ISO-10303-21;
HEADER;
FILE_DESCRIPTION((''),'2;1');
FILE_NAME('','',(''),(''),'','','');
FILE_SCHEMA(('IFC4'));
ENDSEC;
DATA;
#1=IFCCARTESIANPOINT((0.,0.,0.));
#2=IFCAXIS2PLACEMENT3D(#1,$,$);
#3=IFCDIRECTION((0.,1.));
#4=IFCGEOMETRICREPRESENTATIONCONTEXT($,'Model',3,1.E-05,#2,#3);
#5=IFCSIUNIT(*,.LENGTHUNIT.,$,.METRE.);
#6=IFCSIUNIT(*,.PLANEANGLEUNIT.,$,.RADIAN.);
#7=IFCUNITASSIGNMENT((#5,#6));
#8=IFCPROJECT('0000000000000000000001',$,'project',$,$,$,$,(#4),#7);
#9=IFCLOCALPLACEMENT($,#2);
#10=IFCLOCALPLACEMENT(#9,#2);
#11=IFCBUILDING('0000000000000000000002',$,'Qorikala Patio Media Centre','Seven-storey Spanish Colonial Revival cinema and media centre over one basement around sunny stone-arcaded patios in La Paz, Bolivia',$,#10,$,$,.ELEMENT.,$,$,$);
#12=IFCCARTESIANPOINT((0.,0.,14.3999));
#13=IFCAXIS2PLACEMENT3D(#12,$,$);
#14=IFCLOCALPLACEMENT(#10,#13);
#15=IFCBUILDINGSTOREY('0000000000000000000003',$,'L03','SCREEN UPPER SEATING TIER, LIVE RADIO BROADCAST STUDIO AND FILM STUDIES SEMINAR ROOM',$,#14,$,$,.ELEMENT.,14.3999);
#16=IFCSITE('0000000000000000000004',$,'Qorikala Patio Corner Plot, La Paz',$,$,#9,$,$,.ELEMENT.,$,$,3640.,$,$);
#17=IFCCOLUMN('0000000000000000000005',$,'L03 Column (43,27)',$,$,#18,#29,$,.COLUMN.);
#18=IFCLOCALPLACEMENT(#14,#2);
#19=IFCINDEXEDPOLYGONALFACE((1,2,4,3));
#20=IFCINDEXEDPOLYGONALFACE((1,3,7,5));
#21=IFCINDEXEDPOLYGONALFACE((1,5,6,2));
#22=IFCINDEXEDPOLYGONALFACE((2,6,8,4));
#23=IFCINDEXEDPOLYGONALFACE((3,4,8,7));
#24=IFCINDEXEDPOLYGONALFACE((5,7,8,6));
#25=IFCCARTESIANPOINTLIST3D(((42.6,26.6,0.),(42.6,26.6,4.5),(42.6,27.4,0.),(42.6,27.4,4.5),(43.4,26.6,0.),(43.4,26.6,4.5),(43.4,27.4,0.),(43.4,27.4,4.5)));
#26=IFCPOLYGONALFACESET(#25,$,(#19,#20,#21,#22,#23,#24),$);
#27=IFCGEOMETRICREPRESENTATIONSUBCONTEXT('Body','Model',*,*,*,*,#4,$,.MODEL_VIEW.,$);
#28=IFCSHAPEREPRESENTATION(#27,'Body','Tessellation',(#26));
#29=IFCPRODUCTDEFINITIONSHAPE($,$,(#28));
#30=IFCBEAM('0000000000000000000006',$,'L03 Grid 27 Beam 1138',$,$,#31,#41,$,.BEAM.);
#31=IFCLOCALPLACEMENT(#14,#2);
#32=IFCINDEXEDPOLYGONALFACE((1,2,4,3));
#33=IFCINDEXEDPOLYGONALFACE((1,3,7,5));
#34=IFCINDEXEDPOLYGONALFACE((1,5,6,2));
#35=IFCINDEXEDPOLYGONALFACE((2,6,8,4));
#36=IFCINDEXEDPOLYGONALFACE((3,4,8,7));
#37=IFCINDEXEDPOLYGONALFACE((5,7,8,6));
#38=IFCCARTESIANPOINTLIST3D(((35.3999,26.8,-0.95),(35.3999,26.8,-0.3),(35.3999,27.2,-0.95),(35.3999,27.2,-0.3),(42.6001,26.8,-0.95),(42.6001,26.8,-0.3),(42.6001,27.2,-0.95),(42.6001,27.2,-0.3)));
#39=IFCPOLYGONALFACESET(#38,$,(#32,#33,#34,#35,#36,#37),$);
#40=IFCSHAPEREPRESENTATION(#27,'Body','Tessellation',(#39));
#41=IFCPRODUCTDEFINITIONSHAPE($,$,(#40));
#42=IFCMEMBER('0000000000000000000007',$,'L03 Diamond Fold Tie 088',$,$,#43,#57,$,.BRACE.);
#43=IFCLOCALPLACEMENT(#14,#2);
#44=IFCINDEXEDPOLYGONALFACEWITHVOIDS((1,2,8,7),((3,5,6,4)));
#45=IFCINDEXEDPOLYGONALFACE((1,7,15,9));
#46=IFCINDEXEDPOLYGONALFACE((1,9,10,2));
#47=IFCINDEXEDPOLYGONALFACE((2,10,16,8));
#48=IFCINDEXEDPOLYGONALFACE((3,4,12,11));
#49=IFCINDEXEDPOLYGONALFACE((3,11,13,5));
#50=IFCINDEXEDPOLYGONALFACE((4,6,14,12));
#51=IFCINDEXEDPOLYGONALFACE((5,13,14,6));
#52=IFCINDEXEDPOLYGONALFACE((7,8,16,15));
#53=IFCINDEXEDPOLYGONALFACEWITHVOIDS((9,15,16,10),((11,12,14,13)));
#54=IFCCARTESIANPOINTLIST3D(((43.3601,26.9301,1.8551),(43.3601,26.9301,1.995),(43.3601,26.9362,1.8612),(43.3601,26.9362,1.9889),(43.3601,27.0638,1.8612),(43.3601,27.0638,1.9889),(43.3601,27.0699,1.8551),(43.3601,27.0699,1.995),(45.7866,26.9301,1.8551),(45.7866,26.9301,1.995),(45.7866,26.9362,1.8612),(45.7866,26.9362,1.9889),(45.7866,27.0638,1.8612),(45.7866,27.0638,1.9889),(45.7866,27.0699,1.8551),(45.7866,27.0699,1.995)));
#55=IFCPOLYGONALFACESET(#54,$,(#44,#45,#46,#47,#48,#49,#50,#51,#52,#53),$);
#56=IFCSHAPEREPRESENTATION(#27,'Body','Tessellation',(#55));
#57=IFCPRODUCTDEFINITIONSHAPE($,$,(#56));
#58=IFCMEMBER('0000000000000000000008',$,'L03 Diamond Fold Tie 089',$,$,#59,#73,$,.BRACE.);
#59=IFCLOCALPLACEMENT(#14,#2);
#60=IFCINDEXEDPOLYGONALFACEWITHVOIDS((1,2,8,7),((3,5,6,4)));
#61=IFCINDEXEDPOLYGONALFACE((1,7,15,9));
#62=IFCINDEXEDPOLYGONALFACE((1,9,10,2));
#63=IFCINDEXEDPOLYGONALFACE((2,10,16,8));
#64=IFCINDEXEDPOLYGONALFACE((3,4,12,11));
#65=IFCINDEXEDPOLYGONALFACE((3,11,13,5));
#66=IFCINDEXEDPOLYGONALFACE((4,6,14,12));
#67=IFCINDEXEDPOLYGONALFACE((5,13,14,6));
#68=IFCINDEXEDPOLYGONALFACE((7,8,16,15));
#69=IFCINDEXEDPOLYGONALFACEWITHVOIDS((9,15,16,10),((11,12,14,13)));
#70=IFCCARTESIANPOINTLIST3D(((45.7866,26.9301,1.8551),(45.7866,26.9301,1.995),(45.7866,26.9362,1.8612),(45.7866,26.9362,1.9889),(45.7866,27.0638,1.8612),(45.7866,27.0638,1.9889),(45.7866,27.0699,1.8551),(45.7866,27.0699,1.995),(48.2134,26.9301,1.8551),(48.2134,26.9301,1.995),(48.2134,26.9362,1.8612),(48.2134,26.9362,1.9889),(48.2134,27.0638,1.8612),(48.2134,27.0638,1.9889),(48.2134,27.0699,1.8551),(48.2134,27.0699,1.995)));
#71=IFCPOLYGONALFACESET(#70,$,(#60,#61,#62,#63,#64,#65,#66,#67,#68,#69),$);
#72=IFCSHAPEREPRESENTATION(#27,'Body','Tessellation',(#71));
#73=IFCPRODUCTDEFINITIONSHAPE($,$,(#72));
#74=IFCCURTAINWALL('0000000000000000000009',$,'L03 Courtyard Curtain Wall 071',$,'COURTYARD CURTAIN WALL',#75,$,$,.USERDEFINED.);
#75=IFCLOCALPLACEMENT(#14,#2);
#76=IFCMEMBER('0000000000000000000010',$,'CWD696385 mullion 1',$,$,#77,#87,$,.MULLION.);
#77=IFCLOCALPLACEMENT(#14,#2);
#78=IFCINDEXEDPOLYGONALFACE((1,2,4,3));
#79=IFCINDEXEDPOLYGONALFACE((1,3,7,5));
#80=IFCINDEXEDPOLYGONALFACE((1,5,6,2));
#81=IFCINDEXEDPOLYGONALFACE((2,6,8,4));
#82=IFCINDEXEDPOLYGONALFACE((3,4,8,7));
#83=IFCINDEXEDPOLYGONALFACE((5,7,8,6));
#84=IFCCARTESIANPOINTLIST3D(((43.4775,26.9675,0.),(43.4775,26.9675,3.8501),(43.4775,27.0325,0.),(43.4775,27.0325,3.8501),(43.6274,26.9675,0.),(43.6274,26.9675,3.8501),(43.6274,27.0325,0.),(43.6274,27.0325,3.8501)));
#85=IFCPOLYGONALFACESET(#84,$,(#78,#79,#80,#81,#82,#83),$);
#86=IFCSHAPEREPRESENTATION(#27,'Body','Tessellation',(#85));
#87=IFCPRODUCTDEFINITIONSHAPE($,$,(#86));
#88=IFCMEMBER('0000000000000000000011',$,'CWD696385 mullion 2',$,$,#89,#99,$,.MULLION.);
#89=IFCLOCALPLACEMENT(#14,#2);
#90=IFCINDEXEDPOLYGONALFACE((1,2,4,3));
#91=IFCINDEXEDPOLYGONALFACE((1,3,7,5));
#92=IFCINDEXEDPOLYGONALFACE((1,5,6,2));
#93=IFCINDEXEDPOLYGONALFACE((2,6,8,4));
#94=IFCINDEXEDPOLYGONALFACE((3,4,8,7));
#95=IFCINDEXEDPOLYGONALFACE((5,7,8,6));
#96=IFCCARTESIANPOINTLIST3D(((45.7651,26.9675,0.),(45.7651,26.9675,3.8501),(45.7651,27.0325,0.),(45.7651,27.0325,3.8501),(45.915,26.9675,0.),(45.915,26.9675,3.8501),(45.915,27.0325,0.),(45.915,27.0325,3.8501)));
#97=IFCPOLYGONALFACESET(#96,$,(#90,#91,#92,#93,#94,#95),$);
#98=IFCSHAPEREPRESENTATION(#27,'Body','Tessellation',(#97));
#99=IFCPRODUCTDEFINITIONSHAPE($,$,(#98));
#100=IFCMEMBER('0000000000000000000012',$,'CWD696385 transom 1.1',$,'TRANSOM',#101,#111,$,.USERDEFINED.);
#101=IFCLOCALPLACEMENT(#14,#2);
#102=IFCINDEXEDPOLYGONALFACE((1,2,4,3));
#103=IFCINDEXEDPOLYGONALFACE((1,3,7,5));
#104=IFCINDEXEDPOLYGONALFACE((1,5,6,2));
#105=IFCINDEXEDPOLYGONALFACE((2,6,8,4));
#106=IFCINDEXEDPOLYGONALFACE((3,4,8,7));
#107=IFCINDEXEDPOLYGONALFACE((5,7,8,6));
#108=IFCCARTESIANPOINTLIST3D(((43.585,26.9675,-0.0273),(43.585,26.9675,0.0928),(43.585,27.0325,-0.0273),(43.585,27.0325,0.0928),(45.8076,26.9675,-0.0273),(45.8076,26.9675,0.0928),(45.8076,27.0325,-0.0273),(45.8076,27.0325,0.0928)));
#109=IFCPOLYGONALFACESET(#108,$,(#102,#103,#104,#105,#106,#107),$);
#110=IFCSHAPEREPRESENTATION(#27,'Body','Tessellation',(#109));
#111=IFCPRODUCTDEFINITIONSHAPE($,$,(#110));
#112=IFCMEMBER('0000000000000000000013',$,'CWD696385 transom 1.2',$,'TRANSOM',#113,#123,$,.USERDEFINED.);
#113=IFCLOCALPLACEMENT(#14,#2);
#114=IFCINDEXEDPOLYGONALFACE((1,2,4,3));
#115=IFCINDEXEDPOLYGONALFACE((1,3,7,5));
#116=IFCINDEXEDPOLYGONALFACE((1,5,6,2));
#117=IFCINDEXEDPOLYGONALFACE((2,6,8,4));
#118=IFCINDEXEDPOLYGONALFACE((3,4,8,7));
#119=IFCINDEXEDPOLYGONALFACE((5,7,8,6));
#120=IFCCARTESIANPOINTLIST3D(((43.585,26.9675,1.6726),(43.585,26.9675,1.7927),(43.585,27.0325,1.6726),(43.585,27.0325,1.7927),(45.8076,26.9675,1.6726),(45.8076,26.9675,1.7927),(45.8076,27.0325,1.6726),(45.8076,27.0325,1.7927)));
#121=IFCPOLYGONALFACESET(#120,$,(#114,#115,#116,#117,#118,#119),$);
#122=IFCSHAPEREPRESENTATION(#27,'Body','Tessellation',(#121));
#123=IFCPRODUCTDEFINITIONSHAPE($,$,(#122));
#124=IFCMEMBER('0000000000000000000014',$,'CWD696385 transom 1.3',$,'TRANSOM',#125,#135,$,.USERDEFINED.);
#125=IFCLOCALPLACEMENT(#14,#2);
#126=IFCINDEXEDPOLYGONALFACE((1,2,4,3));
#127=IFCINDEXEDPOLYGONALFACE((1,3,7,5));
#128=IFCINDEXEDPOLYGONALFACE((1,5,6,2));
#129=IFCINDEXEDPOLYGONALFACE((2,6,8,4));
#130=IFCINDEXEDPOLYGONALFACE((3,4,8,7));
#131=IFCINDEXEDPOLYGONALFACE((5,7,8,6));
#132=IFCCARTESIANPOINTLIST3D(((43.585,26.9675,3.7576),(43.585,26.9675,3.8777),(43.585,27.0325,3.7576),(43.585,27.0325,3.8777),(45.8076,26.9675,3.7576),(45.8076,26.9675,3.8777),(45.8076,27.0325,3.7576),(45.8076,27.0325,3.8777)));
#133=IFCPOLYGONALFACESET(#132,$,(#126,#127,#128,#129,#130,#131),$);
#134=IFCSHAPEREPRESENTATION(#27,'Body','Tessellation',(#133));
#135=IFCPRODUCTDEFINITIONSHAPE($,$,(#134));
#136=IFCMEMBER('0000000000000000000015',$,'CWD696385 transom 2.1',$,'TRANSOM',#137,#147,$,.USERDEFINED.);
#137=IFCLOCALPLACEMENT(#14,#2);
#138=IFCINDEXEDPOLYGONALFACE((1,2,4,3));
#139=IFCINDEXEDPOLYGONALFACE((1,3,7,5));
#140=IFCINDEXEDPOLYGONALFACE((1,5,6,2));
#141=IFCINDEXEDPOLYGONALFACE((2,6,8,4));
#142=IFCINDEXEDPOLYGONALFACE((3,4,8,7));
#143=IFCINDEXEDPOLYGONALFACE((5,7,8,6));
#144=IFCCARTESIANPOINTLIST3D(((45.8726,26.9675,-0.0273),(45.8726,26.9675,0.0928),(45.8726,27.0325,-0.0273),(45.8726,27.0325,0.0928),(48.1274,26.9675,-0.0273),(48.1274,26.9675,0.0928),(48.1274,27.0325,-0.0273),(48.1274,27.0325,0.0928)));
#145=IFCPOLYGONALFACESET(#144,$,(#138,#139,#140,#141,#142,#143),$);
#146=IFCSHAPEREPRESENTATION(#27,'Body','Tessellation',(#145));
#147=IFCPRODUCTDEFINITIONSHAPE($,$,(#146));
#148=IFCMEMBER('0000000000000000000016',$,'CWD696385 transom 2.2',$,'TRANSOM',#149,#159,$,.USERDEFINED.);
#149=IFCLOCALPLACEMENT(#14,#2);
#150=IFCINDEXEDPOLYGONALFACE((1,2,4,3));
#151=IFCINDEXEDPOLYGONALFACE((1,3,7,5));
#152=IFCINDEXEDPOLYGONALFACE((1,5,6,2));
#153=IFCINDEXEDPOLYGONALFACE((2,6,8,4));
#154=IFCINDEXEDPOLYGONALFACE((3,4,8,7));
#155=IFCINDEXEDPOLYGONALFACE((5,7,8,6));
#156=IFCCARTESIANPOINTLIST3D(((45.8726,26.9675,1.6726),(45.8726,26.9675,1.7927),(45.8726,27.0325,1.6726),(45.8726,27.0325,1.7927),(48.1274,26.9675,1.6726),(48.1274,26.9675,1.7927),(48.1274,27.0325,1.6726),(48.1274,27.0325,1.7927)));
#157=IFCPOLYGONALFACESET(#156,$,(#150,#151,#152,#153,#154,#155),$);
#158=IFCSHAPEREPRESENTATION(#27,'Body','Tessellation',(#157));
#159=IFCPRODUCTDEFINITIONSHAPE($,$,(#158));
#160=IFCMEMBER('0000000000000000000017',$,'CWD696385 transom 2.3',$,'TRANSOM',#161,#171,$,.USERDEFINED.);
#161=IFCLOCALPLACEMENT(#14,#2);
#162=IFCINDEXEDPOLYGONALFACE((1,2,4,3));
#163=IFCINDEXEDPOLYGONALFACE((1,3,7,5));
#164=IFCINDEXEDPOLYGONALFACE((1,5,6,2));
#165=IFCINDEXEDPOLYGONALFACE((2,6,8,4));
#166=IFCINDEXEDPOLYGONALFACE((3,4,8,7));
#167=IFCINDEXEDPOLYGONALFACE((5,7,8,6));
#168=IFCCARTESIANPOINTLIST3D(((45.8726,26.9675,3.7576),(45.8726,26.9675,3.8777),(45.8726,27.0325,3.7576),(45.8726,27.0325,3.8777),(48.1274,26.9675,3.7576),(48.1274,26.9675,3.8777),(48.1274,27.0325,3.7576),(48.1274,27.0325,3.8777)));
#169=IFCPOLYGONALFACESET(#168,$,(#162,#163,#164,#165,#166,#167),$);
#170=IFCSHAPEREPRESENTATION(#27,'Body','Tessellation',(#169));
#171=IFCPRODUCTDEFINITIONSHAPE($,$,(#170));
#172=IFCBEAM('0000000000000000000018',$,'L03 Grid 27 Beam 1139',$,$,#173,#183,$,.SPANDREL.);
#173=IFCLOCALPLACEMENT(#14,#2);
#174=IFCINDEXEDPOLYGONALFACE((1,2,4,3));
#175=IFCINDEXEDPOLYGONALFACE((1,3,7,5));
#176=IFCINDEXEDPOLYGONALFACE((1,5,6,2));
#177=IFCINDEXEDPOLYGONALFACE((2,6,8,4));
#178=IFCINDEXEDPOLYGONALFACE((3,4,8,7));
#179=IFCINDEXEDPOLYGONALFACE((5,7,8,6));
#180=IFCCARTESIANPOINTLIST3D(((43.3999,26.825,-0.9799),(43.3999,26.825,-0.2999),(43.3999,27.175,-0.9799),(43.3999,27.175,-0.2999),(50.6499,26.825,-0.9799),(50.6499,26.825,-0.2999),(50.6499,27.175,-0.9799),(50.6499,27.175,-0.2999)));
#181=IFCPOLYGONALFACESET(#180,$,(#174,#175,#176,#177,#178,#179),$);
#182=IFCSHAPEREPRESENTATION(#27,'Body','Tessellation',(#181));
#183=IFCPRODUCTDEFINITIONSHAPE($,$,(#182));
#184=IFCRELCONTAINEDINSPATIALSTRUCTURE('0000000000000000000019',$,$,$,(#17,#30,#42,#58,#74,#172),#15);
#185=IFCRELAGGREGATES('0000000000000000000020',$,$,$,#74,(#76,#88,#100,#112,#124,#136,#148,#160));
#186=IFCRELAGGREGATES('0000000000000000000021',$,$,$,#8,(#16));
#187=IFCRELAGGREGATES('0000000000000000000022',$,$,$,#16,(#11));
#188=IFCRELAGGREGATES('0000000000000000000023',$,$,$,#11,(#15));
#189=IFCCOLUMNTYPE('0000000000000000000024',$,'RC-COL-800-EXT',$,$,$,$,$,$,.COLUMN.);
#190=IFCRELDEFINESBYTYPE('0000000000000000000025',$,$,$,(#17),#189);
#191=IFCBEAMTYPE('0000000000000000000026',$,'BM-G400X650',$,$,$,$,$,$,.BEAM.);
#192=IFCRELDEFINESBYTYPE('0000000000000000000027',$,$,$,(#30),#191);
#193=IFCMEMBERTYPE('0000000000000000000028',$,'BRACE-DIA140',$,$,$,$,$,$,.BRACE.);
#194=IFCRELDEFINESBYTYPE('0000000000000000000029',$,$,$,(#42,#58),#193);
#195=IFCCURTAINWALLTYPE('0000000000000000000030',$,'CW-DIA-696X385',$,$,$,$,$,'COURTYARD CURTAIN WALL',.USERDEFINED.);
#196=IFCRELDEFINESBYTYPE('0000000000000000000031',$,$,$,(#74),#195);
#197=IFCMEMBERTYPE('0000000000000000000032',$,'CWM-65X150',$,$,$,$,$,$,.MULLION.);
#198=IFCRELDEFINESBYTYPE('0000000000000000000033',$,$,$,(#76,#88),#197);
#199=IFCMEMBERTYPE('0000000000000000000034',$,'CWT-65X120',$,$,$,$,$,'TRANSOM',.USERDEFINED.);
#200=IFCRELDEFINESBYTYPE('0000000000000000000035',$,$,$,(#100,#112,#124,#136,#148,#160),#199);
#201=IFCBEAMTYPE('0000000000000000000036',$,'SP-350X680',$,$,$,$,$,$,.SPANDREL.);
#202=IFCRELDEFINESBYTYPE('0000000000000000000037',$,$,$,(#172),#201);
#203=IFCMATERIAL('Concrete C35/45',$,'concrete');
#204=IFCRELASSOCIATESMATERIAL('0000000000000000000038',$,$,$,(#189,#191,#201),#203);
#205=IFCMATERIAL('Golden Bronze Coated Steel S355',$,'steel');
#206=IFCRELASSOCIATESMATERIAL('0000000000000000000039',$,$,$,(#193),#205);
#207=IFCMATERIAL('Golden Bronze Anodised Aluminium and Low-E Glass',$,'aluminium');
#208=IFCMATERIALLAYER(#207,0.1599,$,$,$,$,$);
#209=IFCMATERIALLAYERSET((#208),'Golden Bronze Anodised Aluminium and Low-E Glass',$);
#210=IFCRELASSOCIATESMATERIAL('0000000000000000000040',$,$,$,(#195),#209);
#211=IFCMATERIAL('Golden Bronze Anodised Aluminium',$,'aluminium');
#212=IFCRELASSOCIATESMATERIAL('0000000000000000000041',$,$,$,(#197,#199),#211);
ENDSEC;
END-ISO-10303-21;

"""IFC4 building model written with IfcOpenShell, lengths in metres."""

from ifc_helpers import new_model, si_unit, direction, frame, origin, origin_2d, place, context, subcontext, project, spatial, rectangle, hollow_rectangle, extrude, material, layer, layer_set, material_profile, profile_set, type_object, element, aggregate, save


model = new_model("IFC4")

# Units and contexts
model_context = context("Model", 3, precision=1e-05, world=origin(), true_north=direction((0.0, 1.0)))
body_context = subcontext(model_context, "Body", "Model", "MODEL_VIEW")
ifc_project = project(units=[si_unit("LENGTHUNIT", "METRE"), si_unit("PLANEANGLEUNIT", "RADIAN")], contexts=[model_context])

# Site, building, storey
site_placement = place(None, origin())
site = spatial("IfcSite", under=ifc_project, at=site_placement, Name="Qorikala Patio Corner Plot, La Paz", CompositionType="ELEMENT", RefElevation=3640.0)
building_placement = place(site_placement, origin())
building = spatial("IfcBuilding", under=site, at=building_placement, Name="Qorikala Patio Media Centre", Description="Seven-storey Spanish Colonial Revival cinema and media centre over one basement around sunny stone-arcaded patios in La Paz, Bolivia", CompositionType="ELEMENT")
storey_placement = place(building_placement, frame((0.0, 0.0, 14.3999)))
storey = spatial("IfcBuildingStorey", under=building, at=storey_placement, Name="L03", Description="SCREEN UPPER SEATING TIER, LIVE RADIO BROADCAST STUDIO AND FILM STUDIES SEMINAR ROOM", CompositionType="ELEMENT", Elevation=14.3999)

# Column
ifc_material_1 = material(Name="Concrete C35/45", Category="concrete")
ifc_material_profile_1 = material_profile(ifc_material_1, rectangle(XDim=0.8, YDim=0.8, at=origin_2d()), Name="RC 800x800")
ifc_profile_set_1 = profile_set([ifc_material_profile_1], Name="Concrete C35/45")
column_type = type_object("IfcColumnType", Name="RC-COL-800-EXT", PredefinedType="COLUMN", material=ifc_profile_set_1)
column_placement = place(storey_placement, frame((43.0, 27.0, 0.0), z_axis=(0.0, 0.0, 1.0), x_axis=(1.0, 0.0, 0.0)))
element("IfcColumn", 1, at=column_placement, inside=storey, type_object=column_type, Name="L03 Column (43,27)", PredefinedType="COLUMN", context=body_context, shape_type="SweptSolid", body=[
    extrude(rectangle(XDim=0.8, YDim=0.8, at=origin_2d()), origin(), (0.0, 0.0, 1.0), 4.5),
])

# Beam
ifc_material_profile_2 = material_profile(ifc_material_1, rectangle(XDim=0.3999, YDim=0.6499, at=origin_2d()), Name="RC 400x650")
ifc_profile_set_2 = profile_set([ifc_material_profile_2], Name="Concrete C35/45")
beam_type_1 = type_object("IfcBeamType", Name="BM-G400X650", PredefinedType="BEAM", material=ifc_profile_set_2)
beam_1_placement = place(storey_placement, frame((35.3999, 27.0, -0.625), z_axis=(1.0, 0.0, 0.0), x_axis=(0.0, 1.0, 0.0)))
element("IfcBeam", 2, at=beam_1_placement, inside=storey, type_object=beam_type_1, Name="L03 Grid 27 Beam 1138", PredefinedType="BEAM", context=body_context, shape_type="SweptSolid", body=[
    extrude(rectangle(XDim=0.3999, YDim=0.6499, at=origin_2d()), origin(), (0.0, 0.0, 1.0), 7.2002),
])

# Members
ifc_material_2 = material(Name="Golden Bronze Coated Steel S355", Category="steel")
ifc_material_profile_3 = material_profile(ifc_material_2, hollow_rectangle(XDim=0.1399, YDim=0.1399, WallThickness=0.0061, at=origin_2d()), Name="HSS140X140X6")
ifc_profile_set_3 = profile_set([ifc_material_profile_3], Name="Golden Bronze Coated Steel S355")
member_type_1 = type_object("IfcMemberType", Name="BRACE-DIA140", PredefinedType="BRACE", material=ifc_profile_set_3)
member_1_placement = place(storey_placement, frame((43.3601, 27.0, 1.925), z_axis=(1.0, 0.0, 0.0), x_axis=(0.0, 1.0, 0.0)))
element("IfcMember", 3, at=member_1_placement, inside=storey, type_object=member_type_1, Name="L03 Diamond Fold Tie 088", PredefinedType="BRACE", context=body_context, shape_type="SweptSolid", body=[
    extrude(hollow_rectangle(XDim=0.1399, YDim=0.1399, WallThickness=0.0061, at=origin_2d()), origin(), (0.0, 0.0, 1.0), 2.4265),
])
member_2_placement = place(storey_placement, frame((45.7866, 27.0, 1.925), z_axis=(1.0, 0.0, 0.0), x_axis=(0.0, 1.0, 0.0)))
element("IfcMember", 4, at=member_2_placement, inside=storey, type_object=member_type_1, Name="L03 Diamond Fold Tie 089", PredefinedType="BRACE", context=body_context, shape_type="SweptSolid", body=[
    extrude(hollow_rectangle(XDim=0.1399, YDim=0.1399, WallThickness=0.0061, at=origin_2d()), origin(), (0.0, 0.0, 1.0), 2.4268),
])

# Curtain wall, members
ifc_material_3 = material(Name="Golden Bronze Anodised Aluminium and Low-E Glass", Category="aluminium")
ifc_layer_1 = layer(ifc_material_3, 0.1599)
ifc_layer_set_1 = layer_set([ifc_layer_1], Name="Golden Bronze Anodised Aluminium and Low-E Glass")
curtain_wall_type = type_object("IfcCurtainWallType", Name="CW-DIA-696X385", ElementType="COURTYARD CURTAIN WALL", PredefinedType="USERDEFINED", material=ifc_layer_set_1)
curtain_wall_placement = place(storey_placement, origin())
curtain_wall = element("IfcCurtainWall", 5, at=curtain_wall_placement, inside=storey, type_object=curtain_wall_type, Name="L03 Courtyard Curtain Wall 071", ObjectType="COURTYARD CURTAIN WALL", PredefinedType="USERDEFINED")
ifc_material_4 = material(Name="Golden Bronze Anodised Aluminium", Category="aluminium")
ifc_material_profile_4 = material_profile(ifc_material_4, rectangle(XDim=0.0649, YDim=0.1499, at=origin_2d()), Name="ALU MULLION 65x150")
ifc_profile_set_4 = profile_set([ifc_material_profile_4], Name="Golden Bronze Anodised Aluminium")
member_type_2 = type_object("IfcMemberType", Name="CWM-65X150", PredefinedType="MULLION", material=ifc_profile_set_4)
member_3_placement = place(storey_placement, frame((43.5525, 27.0, 0.0), z_axis=(0.0, 0.0, 1.0), x_axis=(0.0, 1.0, 0.0)))
member_3 = element("IfcMember", 6, at=member_3_placement, type_object=member_type_2, Name="CWD696385 mullion 1", PredefinedType="MULLION", context=body_context, shape_type="SweptSolid", body=[
    extrude(rectangle(XDim=0.0649, YDim=0.1499, at=origin_2d()), origin(), (0.0, 0.0, 1.0), 3.8501),
])
member_4_placement = place(storey_placement, frame((45.8401, 27.0, 0.0), z_axis=(0.0, 0.0, 1.0), x_axis=(0.0, 1.0, 0.0)))
member_4 = element("IfcMember", 7, at=member_4_placement, type_object=member_type_2, Name="CWD696385 mullion 2", PredefinedType="MULLION", context=body_context, shape_type="SweptSolid", body=[
    extrude(rectangle(XDim=0.0649, YDim=0.1499, at=origin_2d()), origin(), (0.0, 0.0, 1.0), 3.8501),
])
ifc_material_profile_5 = material_profile(ifc_material_4, rectangle(XDim=0.0649, YDim=0.1201, at=origin_2d()), Name="ALU TRANSOM 65x120")
ifc_profile_set_5 = profile_set([ifc_material_profile_5], Name="Golden Bronze Anodised Aluminium")
member_type_3 = type_object("IfcMemberType", Name="CWT-65X120", ElementType="TRANSOM", PredefinedType="USERDEFINED", material=ifc_profile_set_5)
member_5_placement = place(storey_placement, frame((43.585, 27.0, 0.0327), z_axis=(1.0, 0.0, 0.0), x_axis=(0.0, 1.0, 0.0)))
member_5 = element("IfcMember", 8, at=member_5_placement, type_object=member_type_3, Name="CWD696385 transom 1.1", ObjectType="TRANSOM", PredefinedType="USERDEFINED", context=body_context, shape_type="SweptSolid", body=[
    extrude(rectangle(XDim=0.0649, YDim=0.1201, at=origin_2d()), origin(), (0.0, 0.0, 1.0), 2.2227),
])
member_6_placement = place(storey_placement, frame((43.585, 27.0, 1.7327), z_axis=(1.0, 0.0, 0.0), x_axis=(0.0, 1.0, 0.0)))
member_6 = element("IfcMember", 9, at=member_6_placement, type_object=member_type_3, Name="CWD696385 transom 1.2", ObjectType="TRANSOM", PredefinedType="USERDEFINED", context=body_context, shape_type="SweptSolid", body=[
    extrude(rectangle(XDim=0.0649, YDim=0.1201, at=origin_2d()), origin(), (0.0, 0.0, 1.0), 2.2227),
])
member_7_placement = place(storey_placement, frame((43.585, 27.0, 3.8176), z_axis=(1.0, 0.0, 0.0), x_axis=(0.0, 1.0, 0.0)))
member_7 = element("IfcMember", 10, at=member_7_placement, type_object=member_type_3, Name="CWD696385 transom 1.3", ObjectType="TRANSOM", PredefinedType="USERDEFINED", context=body_context, shape_type="SweptSolid", body=[
    extrude(rectangle(XDim=0.0649, YDim=0.1201, at=origin_2d()), origin(), (0.0, 0.0, 1.0), 2.2227),
])
member_8_placement = place(storey_placement, frame((45.8726, 27.0, 0.0327), z_axis=(1.0, 0.0, 0.0), x_axis=(0.0, 1.0, 0.0)))
member_8 = element("IfcMember", 11, at=member_8_placement, type_object=member_type_3, Name="CWD696385 transom 2.1", ObjectType="TRANSOM", PredefinedType="USERDEFINED", context=body_context, shape_type="SweptSolid", body=[
    extrude(rectangle(XDim=0.0649, YDim=0.1201, at=origin_2d()), origin(), (0.0, 0.0, 1.0), 2.2549),
])
member_9_placement = place(storey_placement, frame((45.8726, 27.0, 1.7327), z_axis=(1.0, 0.0, 0.0), x_axis=(0.0, 1.0, 0.0)))
member_9 = element("IfcMember", 12, at=member_9_placement, type_object=member_type_3, Name="CWD696385 transom 2.2", ObjectType="TRANSOM", PredefinedType="USERDEFINED", context=body_context, shape_type="SweptSolid", body=[
    extrude(rectangle(XDim=0.0649, YDim=0.1201, at=origin_2d()), origin(), (0.0, 0.0, 1.0), 2.2549),
])
member_10_placement = place(storey_placement, frame((45.8726, 27.0, 3.8176), z_axis=(1.0, 0.0, 0.0), x_axis=(0.0, 1.0, 0.0)))
member_10 = element("IfcMember", 13, at=member_10_placement, type_object=member_type_3, Name="CWD696385 transom 2.3", ObjectType="TRANSOM", PredefinedType="USERDEFINED", context=body_context, shape_type="SweptSolid", body=[
    extrude(rectangle(XDim=0.0649, YDim=0.1201, at=origin_2d()), origin(), (0.0, 0.0, 1.0), 2.2549),
])

# Beam
ifc_material_profile_6 = material_profile(ifc_material_1, rectangle(XDim=0.3501, YDim=0.6799, at=origin_2d()), Name="RC 350x680")
ifc_profile_set_6 = profile_set([ifc_material_profile_6], Name="Concrete C35/45")
beam_type_2 = type_object("IfcBeamType", Name="SP-350X680", PredefinedType="SPANDREL", material=ifc_profile_set_6)
beam_2_placement = place(storey_placement, frame((43.3999, 27.0, -0.6399), z_axis=(1.0, 0.0, 0.0), x_axis=(0.0, 1.0, 0.0)))
element("IfcBeam", 14, at=beam_2_placement, inside=storey, type_object=beam_type_2, Name="L03 Grid 27 Beam 1139", PredefinedType="SPANDREL", context=body_context, shape_type="SweptSolid", body=[
    extrude(rectangle(XDim=0.3501, YDim=0.6799, at=origin_2d()), origin(), (0.0, 0.0, 1.0), 7.25),
])

aggregate(curtain_wall, [member_3, member_4, member_5, member_6, member_7, member_8, member_9, member_10])

save(model, "model.ifc")
